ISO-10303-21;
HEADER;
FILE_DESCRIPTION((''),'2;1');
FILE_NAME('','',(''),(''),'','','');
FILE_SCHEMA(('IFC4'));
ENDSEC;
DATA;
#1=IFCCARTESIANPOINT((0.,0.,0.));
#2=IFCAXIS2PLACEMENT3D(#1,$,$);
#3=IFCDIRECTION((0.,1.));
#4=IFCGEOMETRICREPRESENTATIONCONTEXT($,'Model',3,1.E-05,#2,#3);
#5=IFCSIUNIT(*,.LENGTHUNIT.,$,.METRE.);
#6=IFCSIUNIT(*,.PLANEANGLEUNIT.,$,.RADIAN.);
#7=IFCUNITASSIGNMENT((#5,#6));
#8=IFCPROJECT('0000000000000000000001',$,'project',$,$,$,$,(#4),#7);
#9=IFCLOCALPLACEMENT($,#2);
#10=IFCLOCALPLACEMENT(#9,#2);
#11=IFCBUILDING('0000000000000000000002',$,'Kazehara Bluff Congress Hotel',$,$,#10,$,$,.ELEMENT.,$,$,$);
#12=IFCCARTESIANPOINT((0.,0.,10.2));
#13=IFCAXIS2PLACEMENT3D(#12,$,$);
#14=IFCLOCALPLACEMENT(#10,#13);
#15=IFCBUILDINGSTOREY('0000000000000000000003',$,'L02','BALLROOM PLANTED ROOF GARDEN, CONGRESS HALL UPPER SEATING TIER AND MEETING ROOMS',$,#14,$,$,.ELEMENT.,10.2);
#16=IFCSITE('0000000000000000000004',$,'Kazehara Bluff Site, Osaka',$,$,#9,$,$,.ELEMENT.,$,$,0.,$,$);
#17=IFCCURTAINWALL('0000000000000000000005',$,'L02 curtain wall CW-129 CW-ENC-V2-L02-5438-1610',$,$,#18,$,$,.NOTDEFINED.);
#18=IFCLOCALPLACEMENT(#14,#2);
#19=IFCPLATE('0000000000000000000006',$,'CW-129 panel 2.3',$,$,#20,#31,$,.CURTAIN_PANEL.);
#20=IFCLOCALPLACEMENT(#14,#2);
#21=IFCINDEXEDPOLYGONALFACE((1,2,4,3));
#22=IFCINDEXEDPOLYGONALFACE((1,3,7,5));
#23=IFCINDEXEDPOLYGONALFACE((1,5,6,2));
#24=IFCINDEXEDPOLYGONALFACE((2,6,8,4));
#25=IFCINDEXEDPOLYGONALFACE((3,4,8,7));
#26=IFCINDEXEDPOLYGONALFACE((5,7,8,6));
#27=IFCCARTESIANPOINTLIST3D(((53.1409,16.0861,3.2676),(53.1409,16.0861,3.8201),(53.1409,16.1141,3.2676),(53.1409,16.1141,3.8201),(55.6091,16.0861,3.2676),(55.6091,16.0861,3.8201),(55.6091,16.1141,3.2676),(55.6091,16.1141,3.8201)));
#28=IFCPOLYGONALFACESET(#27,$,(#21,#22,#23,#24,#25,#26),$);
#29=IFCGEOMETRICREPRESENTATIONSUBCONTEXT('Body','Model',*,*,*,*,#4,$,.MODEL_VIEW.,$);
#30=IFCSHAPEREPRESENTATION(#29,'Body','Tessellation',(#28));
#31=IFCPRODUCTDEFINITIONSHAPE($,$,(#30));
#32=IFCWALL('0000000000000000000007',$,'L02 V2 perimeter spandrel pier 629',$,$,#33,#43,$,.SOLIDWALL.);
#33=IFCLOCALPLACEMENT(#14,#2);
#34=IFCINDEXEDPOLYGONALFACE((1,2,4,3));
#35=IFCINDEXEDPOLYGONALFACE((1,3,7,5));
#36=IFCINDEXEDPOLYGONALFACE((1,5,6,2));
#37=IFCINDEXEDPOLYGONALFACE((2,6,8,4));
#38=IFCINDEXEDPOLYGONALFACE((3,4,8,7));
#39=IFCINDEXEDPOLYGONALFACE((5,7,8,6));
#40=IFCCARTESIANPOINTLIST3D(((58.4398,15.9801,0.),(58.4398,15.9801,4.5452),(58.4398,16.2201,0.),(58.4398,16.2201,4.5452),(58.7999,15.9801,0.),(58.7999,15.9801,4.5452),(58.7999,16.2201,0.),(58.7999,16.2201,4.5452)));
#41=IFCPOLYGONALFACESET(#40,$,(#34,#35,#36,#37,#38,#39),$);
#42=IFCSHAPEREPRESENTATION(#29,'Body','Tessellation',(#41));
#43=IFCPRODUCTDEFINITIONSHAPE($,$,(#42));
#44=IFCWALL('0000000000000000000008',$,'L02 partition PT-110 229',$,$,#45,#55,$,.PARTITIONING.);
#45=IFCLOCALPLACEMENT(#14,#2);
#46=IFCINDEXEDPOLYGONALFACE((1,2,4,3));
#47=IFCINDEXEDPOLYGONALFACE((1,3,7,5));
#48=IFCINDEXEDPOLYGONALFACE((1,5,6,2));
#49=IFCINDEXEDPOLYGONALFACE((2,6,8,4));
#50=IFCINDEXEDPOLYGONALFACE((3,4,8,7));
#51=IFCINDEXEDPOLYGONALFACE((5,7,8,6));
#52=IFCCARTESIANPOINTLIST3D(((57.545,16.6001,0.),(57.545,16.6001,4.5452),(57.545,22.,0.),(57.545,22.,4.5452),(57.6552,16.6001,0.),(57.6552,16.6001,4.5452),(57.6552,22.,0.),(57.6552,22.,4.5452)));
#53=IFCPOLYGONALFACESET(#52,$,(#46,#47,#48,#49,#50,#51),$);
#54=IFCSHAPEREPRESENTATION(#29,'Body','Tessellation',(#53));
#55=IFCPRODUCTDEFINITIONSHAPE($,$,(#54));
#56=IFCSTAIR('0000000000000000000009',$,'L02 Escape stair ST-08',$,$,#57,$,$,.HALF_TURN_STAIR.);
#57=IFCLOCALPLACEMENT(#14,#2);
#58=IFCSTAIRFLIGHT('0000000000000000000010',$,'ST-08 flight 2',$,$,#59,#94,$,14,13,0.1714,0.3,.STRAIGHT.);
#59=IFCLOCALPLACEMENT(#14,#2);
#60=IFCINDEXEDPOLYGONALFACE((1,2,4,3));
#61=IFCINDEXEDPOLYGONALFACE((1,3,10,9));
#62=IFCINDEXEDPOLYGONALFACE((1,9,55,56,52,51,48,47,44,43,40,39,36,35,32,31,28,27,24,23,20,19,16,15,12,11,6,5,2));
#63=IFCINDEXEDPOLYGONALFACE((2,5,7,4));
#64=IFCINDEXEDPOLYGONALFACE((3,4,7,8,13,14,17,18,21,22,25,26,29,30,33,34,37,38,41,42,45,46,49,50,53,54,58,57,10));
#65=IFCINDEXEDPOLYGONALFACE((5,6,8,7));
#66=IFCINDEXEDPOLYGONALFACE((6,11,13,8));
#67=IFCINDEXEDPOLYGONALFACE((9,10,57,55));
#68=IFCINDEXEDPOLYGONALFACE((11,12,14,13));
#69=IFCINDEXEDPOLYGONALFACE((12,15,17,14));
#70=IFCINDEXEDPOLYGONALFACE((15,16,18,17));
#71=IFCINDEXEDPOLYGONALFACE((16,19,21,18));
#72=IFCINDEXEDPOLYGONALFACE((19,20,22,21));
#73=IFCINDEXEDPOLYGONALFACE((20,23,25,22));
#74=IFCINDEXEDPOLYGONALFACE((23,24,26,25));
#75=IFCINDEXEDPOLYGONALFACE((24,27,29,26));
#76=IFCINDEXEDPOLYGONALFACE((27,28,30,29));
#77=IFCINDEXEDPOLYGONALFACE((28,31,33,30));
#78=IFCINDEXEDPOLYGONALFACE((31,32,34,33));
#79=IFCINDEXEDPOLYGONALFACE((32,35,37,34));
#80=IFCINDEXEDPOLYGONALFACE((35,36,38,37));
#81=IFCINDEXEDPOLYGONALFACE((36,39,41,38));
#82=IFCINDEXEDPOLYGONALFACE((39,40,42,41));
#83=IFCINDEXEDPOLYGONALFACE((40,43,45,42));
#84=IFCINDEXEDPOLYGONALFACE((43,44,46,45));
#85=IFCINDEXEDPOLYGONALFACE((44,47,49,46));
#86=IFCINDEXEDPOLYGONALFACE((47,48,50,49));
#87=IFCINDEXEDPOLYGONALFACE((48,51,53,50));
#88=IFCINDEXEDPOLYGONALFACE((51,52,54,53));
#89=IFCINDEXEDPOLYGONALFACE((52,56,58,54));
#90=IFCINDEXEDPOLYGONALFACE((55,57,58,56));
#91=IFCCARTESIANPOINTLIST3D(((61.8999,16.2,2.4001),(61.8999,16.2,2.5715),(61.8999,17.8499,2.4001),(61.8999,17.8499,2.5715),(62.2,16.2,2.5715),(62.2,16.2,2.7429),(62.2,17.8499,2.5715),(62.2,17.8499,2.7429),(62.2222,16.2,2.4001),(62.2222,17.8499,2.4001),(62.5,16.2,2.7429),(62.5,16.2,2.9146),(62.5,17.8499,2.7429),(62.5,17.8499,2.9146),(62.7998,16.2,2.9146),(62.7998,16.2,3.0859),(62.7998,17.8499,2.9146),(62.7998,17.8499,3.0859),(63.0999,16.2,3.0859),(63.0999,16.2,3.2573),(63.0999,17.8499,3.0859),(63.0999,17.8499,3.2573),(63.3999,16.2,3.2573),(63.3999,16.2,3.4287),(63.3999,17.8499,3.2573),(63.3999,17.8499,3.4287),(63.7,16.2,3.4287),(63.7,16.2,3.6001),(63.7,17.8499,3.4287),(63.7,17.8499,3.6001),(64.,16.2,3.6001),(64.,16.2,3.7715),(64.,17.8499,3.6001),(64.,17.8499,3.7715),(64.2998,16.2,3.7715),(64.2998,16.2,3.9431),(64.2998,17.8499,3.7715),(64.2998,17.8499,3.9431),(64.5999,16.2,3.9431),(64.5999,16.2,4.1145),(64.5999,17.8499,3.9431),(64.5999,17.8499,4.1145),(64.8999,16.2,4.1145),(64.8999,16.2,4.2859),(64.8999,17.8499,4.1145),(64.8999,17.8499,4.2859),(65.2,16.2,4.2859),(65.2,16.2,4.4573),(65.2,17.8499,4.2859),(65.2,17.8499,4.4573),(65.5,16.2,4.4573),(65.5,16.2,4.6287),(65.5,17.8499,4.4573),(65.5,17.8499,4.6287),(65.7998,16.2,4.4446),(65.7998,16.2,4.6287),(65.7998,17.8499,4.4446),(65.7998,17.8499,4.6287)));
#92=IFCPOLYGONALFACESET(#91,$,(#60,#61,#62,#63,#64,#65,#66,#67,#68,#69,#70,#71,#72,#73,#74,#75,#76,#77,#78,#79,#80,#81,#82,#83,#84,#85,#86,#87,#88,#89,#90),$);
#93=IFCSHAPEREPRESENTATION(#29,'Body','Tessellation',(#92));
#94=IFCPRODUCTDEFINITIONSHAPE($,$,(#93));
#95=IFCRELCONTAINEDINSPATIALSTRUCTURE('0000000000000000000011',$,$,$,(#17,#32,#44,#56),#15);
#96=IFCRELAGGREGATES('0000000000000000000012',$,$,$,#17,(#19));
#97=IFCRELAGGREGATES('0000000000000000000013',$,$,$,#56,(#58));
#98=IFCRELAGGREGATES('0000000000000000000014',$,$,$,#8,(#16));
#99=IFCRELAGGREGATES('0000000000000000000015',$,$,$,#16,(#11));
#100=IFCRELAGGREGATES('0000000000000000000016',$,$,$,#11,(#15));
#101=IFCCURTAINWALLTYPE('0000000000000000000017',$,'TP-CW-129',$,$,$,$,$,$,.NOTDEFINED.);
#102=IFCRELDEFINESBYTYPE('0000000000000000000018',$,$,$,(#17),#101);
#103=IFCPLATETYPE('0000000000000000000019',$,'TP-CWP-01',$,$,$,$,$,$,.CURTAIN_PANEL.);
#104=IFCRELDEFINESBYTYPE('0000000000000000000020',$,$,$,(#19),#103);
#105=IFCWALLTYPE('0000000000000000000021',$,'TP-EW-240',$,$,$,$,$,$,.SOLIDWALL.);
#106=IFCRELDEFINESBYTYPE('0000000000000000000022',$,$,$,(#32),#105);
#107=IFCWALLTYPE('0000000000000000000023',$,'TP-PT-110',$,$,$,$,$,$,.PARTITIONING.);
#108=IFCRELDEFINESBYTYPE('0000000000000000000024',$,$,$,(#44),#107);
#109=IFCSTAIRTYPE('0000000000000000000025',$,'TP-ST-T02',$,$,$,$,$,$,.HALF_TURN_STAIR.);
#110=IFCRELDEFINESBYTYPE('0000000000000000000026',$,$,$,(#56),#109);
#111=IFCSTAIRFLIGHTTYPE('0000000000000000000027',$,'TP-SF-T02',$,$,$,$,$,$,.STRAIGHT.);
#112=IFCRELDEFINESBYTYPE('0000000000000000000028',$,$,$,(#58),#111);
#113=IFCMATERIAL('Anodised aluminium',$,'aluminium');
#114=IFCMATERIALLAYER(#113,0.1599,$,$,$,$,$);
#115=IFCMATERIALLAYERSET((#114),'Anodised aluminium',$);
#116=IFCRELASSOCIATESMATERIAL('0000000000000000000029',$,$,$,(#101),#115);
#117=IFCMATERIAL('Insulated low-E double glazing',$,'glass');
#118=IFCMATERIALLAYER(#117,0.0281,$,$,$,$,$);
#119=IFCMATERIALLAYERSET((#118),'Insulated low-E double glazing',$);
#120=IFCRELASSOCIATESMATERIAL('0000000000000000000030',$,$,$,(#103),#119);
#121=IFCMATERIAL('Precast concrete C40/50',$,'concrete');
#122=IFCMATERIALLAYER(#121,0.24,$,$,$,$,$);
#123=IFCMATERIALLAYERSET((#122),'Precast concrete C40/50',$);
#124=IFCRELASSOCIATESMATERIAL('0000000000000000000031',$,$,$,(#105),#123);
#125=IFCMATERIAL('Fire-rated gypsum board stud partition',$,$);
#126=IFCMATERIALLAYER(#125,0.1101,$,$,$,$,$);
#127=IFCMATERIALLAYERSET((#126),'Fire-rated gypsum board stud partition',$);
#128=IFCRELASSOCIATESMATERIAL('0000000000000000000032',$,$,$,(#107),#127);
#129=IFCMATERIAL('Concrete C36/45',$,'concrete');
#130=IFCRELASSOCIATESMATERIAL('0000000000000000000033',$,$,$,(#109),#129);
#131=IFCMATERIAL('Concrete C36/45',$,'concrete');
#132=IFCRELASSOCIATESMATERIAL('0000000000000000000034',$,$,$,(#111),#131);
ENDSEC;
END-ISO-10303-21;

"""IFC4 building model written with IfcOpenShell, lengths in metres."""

from ifc_helpers import new_model, si_unit, direction, frame, frame_2d, origin, origin_2d, place, context, subcontext, project, spatial, polyline, rectangle, outline, extrude, material, layer, layer_set, type_object, element, aggregate, save


model = new_model("IFC4")

# Units and contexts
model_context = context("Model", 3, precision=1e-05, world=origin(), true_north=direction((0.0, 1.0)))
body_context = subcontext(model_context, "Body", "Model", "MODEL_VIEW")
ifc_project = project(units=[si_unit("LENGTHUNIT", "METRE"), si_unit("PLANEANGLEUNIT", "RADIAN")], contexts=[model_context])

# Site, building, storey
site_placement = place(None, origin())
site = spatial("IfcSite", under=ifc_project, at=site_placement, Name="Kazehara Bluff Site, Osaka", CompositionType="ELEMENT", RefElevation=0.0)
building_placement = place(site_placement, origin())
building = spatial("IfcBuilding", under=site, at=building_placement, Name="Kazehara Bluff Congress Hotel", CompositionType="ELEMENT")
storey_placement = place(building_placement, frame((0.0, 0.0, 10.2)))
storey = spatial("IfcBuildingStorey", under=building, at=storey_placement, Name="L02", Description="BALLROOM PLANTED ROOF GARDEN, CONGRESS HALL UPPER SEATING TIER AND MEETING ROOMS", CompositionType="ELEMENT", Elevation=10.2)

# Curtain wall
ifc_material_1 = material(Name="Anodised aluminium", Category="aluminium")
ifc_layer_1 = layer(ifc_material_1, 0.1599)
ifc_layer_set_1 = layer_set([ifc_layer_1], Name="Anodised aluminium")
curtain_wall_type_1 = type_object("IfcCurtainWallType", Name="TP-CW-129", PredefinedType="NOTDEFINED", material=ifc_layer_set_1)
curtain_wall_1_placement = place(storey_placement, origin())
curtain_wall_1 = element("IfcCurtainWall", 1, at=curtain_wall_1_placement, inside=storey, type_object=curtain_wall_type_1, Name="L02 curtain wall CW-129 CW-ENC-V2-L02-5438-1610", PredefinedType="NOTDEFINED")

# Plate
ifc_material_2 = material(Name="Insulated low-E double glazing", Category="glass")
ifc_layer_2 = layer(ifc_material_2, 0.0281)
ifc_layer_set_2 = layer_set([ifc_layer_2], Name="Insulated low-E double glazing")
plate_type = type_object("IfcPlateType", Name="TP-CWP-01", PredefinedType="CURTAIN_PANEL", material=ifc_layer_set_2)
plate_1_placement = place(storey_placement, frame((54.375, 16.1001, 3.2676), z_axis=(0.0, 0.0, 1.0), x_axis=(-1.0, 0.0, 0.0)))
plate_1 = element("IfcPlate", 2, at=plate_1_placement, type_object=plate_type, Name="CW-129 panel 2.3", PredefinedType="CURTAIN_PANEL", context=body_context, shape_type="SweptSolid", body=[
    extrude(rectangle(XDim=2.4683, YDim=0.0281, at=origin_2d()), origin(), (0.0, 0.0, 1.0), 0.5525),
])
aggregate(curtain_wall_1, [plate_1])

# Walls
ifc_material_3 = material(Name="Precast concrete C40/50", Category="concrete")
ifc_layer_3 = layer(ifc_material_3, 0.24)
ifc_layer_set_3 = layer_set([ifc_layer_3], Name="Precast concrete C40/50")
wall_type_1 = type_object("IfcWallType", Name="TP-EW-240", PredefinedType="SOLIDWALL", material=ifc_layer_set_3)
wall_1_placement = place(storey_placement, frame((58.8, 16.1001, 0.0), z_axis=(0.0, 0.0, 1.0), x_axis=(-1.0, 0.0, 0.0)))
element("IfcWall", 3, at=wall_1_placement, inside=storey, type_object=wall_type_1, Name="L02 V2 perimeter spandrel pier 629", PredefinedType="SOLIDWALL", context=body_context, shape_type="SweptSolid", body=[
    extrude(rectangle(XDim=0.3601, YDim=0.24, at=frame_2d((0.1802, 0.0))), origin(), (0.0, 0.0, 1.0), 4.5452),
])
ifc_material_4 = material(Name="Fire-rated gypsum board stud partition")
ifc_layer_4 = layer(ifc_material_4, 0.1101)
ifc_layer_set_4 = layer_set([ifc_layer_4], Name="Fire-rated gypsum board stud partition")
wall_type_2 = type_object("IfcWallType", Name="TP-PT-110", PredefinedType="PARTITIONING", material=ifc_layer_set_4)
wall_2_placement = place(storey_placement, frame((57.6001, 16.6001, 0.0), z_axis=(0.0, 0.0, 1.0), x_axis=(0.0, 1.0, 0.0)))
element("IfcWall", 4, at=wall_2_placement, inside=storey, type_object=wall_type_2, Name="L02 partition PT-110 229", PredefinedType="PARTITIONING", context=body_context, shape_type="SweptSolid", body=[
    extrude(rectangle(XDim=5.3999, YDim=0.1101, at=frame_2d((2.7, 0.0))), origin(), (0.0, 0.0, 1.0), 4.5452),
])

# Stair, stair flight
ifc_material_5 = material(Name="Concrete C36/45", Category="concrete")
stair_type = type_object("IfcStairType", Name="TP-ST-T02", PredefinedType="HALF_TURN_STAIR", material=ifc_material_5)
stair_placement = place(storey_placement, origin())
stair = element("IfcStair", 5, at=stair_placement, inside=storey, type_object=stair_type, Name="L02 Escape stair ST-08", PredefinedType="HALF_TURN_STAIR")
ifc_material_6 = material(Name="Concrete C36/45", Category="concrete")
stair_flight_type = type_object("IfcStairFlightType", Name="TP-SF-T02", PredefinedType="STRAIGHT", material=ifc_material_6)
stair_flight_placement = place(storey_placement, frame((61.8999, 17.0249, 2.4001), z_axis=(0.0, 0.0, 1.0), x_axis=(1.0, 0.0, 0.0)))
stair_flight = element("IfcStairFlight", 6, at=stair_flight_placement, type_object=stair_flight_type, Name="ST-08 flight 2", NumberOfRisers=14, NumberOfTreads=13, PredefinedType="STRAIGHT", RiserHeight=0.1714, TreadLength=0.3, context=body_context, shape_type="SweptSolid", body=[
    extrude(outline(polyline([(0.0, 0.0), (0.0, 0.1714), (0.3, 0.1714), (0.3, 0.3428), (0.6001, 0.3428), (0.6001, 0.5144), (0.8999, 0.5144), (0.8999, 0.6858), (1.2, 0.6858), (1.2, 0.8572), (1.5, 0.8572), (1.5, 1.0286), (1.8, 1.0286), (1.8, 1.2), (2.1001, 1.2), (2.1001, 1.3713), (2.3999, 1.3713), (2.3999, 1.543), (2.7, 1.543), (2.7, 1.7144), (3.0, 1.7144), (3.0, 1.8857), (3.3, 1.8857), (3.3, 2.0571), (3.6001, 2.0571), (3.6001, 2.2285), (3.8999, 2.2285), (3.8999, 2.3999), (3.8999, 2.0444), (0.3223, 0.0), (0.0, 0.0)])), frame((0.0, 0.825, 0.0), z_axis=(0.0, -1.0, 0.0), x_axis=(1.0, 0.0, 0.0)), (0.0, 0.0, 1.0), 1.6499),
])
aggregate(stair, [stair_flight])

save(model, "model.ifc")
